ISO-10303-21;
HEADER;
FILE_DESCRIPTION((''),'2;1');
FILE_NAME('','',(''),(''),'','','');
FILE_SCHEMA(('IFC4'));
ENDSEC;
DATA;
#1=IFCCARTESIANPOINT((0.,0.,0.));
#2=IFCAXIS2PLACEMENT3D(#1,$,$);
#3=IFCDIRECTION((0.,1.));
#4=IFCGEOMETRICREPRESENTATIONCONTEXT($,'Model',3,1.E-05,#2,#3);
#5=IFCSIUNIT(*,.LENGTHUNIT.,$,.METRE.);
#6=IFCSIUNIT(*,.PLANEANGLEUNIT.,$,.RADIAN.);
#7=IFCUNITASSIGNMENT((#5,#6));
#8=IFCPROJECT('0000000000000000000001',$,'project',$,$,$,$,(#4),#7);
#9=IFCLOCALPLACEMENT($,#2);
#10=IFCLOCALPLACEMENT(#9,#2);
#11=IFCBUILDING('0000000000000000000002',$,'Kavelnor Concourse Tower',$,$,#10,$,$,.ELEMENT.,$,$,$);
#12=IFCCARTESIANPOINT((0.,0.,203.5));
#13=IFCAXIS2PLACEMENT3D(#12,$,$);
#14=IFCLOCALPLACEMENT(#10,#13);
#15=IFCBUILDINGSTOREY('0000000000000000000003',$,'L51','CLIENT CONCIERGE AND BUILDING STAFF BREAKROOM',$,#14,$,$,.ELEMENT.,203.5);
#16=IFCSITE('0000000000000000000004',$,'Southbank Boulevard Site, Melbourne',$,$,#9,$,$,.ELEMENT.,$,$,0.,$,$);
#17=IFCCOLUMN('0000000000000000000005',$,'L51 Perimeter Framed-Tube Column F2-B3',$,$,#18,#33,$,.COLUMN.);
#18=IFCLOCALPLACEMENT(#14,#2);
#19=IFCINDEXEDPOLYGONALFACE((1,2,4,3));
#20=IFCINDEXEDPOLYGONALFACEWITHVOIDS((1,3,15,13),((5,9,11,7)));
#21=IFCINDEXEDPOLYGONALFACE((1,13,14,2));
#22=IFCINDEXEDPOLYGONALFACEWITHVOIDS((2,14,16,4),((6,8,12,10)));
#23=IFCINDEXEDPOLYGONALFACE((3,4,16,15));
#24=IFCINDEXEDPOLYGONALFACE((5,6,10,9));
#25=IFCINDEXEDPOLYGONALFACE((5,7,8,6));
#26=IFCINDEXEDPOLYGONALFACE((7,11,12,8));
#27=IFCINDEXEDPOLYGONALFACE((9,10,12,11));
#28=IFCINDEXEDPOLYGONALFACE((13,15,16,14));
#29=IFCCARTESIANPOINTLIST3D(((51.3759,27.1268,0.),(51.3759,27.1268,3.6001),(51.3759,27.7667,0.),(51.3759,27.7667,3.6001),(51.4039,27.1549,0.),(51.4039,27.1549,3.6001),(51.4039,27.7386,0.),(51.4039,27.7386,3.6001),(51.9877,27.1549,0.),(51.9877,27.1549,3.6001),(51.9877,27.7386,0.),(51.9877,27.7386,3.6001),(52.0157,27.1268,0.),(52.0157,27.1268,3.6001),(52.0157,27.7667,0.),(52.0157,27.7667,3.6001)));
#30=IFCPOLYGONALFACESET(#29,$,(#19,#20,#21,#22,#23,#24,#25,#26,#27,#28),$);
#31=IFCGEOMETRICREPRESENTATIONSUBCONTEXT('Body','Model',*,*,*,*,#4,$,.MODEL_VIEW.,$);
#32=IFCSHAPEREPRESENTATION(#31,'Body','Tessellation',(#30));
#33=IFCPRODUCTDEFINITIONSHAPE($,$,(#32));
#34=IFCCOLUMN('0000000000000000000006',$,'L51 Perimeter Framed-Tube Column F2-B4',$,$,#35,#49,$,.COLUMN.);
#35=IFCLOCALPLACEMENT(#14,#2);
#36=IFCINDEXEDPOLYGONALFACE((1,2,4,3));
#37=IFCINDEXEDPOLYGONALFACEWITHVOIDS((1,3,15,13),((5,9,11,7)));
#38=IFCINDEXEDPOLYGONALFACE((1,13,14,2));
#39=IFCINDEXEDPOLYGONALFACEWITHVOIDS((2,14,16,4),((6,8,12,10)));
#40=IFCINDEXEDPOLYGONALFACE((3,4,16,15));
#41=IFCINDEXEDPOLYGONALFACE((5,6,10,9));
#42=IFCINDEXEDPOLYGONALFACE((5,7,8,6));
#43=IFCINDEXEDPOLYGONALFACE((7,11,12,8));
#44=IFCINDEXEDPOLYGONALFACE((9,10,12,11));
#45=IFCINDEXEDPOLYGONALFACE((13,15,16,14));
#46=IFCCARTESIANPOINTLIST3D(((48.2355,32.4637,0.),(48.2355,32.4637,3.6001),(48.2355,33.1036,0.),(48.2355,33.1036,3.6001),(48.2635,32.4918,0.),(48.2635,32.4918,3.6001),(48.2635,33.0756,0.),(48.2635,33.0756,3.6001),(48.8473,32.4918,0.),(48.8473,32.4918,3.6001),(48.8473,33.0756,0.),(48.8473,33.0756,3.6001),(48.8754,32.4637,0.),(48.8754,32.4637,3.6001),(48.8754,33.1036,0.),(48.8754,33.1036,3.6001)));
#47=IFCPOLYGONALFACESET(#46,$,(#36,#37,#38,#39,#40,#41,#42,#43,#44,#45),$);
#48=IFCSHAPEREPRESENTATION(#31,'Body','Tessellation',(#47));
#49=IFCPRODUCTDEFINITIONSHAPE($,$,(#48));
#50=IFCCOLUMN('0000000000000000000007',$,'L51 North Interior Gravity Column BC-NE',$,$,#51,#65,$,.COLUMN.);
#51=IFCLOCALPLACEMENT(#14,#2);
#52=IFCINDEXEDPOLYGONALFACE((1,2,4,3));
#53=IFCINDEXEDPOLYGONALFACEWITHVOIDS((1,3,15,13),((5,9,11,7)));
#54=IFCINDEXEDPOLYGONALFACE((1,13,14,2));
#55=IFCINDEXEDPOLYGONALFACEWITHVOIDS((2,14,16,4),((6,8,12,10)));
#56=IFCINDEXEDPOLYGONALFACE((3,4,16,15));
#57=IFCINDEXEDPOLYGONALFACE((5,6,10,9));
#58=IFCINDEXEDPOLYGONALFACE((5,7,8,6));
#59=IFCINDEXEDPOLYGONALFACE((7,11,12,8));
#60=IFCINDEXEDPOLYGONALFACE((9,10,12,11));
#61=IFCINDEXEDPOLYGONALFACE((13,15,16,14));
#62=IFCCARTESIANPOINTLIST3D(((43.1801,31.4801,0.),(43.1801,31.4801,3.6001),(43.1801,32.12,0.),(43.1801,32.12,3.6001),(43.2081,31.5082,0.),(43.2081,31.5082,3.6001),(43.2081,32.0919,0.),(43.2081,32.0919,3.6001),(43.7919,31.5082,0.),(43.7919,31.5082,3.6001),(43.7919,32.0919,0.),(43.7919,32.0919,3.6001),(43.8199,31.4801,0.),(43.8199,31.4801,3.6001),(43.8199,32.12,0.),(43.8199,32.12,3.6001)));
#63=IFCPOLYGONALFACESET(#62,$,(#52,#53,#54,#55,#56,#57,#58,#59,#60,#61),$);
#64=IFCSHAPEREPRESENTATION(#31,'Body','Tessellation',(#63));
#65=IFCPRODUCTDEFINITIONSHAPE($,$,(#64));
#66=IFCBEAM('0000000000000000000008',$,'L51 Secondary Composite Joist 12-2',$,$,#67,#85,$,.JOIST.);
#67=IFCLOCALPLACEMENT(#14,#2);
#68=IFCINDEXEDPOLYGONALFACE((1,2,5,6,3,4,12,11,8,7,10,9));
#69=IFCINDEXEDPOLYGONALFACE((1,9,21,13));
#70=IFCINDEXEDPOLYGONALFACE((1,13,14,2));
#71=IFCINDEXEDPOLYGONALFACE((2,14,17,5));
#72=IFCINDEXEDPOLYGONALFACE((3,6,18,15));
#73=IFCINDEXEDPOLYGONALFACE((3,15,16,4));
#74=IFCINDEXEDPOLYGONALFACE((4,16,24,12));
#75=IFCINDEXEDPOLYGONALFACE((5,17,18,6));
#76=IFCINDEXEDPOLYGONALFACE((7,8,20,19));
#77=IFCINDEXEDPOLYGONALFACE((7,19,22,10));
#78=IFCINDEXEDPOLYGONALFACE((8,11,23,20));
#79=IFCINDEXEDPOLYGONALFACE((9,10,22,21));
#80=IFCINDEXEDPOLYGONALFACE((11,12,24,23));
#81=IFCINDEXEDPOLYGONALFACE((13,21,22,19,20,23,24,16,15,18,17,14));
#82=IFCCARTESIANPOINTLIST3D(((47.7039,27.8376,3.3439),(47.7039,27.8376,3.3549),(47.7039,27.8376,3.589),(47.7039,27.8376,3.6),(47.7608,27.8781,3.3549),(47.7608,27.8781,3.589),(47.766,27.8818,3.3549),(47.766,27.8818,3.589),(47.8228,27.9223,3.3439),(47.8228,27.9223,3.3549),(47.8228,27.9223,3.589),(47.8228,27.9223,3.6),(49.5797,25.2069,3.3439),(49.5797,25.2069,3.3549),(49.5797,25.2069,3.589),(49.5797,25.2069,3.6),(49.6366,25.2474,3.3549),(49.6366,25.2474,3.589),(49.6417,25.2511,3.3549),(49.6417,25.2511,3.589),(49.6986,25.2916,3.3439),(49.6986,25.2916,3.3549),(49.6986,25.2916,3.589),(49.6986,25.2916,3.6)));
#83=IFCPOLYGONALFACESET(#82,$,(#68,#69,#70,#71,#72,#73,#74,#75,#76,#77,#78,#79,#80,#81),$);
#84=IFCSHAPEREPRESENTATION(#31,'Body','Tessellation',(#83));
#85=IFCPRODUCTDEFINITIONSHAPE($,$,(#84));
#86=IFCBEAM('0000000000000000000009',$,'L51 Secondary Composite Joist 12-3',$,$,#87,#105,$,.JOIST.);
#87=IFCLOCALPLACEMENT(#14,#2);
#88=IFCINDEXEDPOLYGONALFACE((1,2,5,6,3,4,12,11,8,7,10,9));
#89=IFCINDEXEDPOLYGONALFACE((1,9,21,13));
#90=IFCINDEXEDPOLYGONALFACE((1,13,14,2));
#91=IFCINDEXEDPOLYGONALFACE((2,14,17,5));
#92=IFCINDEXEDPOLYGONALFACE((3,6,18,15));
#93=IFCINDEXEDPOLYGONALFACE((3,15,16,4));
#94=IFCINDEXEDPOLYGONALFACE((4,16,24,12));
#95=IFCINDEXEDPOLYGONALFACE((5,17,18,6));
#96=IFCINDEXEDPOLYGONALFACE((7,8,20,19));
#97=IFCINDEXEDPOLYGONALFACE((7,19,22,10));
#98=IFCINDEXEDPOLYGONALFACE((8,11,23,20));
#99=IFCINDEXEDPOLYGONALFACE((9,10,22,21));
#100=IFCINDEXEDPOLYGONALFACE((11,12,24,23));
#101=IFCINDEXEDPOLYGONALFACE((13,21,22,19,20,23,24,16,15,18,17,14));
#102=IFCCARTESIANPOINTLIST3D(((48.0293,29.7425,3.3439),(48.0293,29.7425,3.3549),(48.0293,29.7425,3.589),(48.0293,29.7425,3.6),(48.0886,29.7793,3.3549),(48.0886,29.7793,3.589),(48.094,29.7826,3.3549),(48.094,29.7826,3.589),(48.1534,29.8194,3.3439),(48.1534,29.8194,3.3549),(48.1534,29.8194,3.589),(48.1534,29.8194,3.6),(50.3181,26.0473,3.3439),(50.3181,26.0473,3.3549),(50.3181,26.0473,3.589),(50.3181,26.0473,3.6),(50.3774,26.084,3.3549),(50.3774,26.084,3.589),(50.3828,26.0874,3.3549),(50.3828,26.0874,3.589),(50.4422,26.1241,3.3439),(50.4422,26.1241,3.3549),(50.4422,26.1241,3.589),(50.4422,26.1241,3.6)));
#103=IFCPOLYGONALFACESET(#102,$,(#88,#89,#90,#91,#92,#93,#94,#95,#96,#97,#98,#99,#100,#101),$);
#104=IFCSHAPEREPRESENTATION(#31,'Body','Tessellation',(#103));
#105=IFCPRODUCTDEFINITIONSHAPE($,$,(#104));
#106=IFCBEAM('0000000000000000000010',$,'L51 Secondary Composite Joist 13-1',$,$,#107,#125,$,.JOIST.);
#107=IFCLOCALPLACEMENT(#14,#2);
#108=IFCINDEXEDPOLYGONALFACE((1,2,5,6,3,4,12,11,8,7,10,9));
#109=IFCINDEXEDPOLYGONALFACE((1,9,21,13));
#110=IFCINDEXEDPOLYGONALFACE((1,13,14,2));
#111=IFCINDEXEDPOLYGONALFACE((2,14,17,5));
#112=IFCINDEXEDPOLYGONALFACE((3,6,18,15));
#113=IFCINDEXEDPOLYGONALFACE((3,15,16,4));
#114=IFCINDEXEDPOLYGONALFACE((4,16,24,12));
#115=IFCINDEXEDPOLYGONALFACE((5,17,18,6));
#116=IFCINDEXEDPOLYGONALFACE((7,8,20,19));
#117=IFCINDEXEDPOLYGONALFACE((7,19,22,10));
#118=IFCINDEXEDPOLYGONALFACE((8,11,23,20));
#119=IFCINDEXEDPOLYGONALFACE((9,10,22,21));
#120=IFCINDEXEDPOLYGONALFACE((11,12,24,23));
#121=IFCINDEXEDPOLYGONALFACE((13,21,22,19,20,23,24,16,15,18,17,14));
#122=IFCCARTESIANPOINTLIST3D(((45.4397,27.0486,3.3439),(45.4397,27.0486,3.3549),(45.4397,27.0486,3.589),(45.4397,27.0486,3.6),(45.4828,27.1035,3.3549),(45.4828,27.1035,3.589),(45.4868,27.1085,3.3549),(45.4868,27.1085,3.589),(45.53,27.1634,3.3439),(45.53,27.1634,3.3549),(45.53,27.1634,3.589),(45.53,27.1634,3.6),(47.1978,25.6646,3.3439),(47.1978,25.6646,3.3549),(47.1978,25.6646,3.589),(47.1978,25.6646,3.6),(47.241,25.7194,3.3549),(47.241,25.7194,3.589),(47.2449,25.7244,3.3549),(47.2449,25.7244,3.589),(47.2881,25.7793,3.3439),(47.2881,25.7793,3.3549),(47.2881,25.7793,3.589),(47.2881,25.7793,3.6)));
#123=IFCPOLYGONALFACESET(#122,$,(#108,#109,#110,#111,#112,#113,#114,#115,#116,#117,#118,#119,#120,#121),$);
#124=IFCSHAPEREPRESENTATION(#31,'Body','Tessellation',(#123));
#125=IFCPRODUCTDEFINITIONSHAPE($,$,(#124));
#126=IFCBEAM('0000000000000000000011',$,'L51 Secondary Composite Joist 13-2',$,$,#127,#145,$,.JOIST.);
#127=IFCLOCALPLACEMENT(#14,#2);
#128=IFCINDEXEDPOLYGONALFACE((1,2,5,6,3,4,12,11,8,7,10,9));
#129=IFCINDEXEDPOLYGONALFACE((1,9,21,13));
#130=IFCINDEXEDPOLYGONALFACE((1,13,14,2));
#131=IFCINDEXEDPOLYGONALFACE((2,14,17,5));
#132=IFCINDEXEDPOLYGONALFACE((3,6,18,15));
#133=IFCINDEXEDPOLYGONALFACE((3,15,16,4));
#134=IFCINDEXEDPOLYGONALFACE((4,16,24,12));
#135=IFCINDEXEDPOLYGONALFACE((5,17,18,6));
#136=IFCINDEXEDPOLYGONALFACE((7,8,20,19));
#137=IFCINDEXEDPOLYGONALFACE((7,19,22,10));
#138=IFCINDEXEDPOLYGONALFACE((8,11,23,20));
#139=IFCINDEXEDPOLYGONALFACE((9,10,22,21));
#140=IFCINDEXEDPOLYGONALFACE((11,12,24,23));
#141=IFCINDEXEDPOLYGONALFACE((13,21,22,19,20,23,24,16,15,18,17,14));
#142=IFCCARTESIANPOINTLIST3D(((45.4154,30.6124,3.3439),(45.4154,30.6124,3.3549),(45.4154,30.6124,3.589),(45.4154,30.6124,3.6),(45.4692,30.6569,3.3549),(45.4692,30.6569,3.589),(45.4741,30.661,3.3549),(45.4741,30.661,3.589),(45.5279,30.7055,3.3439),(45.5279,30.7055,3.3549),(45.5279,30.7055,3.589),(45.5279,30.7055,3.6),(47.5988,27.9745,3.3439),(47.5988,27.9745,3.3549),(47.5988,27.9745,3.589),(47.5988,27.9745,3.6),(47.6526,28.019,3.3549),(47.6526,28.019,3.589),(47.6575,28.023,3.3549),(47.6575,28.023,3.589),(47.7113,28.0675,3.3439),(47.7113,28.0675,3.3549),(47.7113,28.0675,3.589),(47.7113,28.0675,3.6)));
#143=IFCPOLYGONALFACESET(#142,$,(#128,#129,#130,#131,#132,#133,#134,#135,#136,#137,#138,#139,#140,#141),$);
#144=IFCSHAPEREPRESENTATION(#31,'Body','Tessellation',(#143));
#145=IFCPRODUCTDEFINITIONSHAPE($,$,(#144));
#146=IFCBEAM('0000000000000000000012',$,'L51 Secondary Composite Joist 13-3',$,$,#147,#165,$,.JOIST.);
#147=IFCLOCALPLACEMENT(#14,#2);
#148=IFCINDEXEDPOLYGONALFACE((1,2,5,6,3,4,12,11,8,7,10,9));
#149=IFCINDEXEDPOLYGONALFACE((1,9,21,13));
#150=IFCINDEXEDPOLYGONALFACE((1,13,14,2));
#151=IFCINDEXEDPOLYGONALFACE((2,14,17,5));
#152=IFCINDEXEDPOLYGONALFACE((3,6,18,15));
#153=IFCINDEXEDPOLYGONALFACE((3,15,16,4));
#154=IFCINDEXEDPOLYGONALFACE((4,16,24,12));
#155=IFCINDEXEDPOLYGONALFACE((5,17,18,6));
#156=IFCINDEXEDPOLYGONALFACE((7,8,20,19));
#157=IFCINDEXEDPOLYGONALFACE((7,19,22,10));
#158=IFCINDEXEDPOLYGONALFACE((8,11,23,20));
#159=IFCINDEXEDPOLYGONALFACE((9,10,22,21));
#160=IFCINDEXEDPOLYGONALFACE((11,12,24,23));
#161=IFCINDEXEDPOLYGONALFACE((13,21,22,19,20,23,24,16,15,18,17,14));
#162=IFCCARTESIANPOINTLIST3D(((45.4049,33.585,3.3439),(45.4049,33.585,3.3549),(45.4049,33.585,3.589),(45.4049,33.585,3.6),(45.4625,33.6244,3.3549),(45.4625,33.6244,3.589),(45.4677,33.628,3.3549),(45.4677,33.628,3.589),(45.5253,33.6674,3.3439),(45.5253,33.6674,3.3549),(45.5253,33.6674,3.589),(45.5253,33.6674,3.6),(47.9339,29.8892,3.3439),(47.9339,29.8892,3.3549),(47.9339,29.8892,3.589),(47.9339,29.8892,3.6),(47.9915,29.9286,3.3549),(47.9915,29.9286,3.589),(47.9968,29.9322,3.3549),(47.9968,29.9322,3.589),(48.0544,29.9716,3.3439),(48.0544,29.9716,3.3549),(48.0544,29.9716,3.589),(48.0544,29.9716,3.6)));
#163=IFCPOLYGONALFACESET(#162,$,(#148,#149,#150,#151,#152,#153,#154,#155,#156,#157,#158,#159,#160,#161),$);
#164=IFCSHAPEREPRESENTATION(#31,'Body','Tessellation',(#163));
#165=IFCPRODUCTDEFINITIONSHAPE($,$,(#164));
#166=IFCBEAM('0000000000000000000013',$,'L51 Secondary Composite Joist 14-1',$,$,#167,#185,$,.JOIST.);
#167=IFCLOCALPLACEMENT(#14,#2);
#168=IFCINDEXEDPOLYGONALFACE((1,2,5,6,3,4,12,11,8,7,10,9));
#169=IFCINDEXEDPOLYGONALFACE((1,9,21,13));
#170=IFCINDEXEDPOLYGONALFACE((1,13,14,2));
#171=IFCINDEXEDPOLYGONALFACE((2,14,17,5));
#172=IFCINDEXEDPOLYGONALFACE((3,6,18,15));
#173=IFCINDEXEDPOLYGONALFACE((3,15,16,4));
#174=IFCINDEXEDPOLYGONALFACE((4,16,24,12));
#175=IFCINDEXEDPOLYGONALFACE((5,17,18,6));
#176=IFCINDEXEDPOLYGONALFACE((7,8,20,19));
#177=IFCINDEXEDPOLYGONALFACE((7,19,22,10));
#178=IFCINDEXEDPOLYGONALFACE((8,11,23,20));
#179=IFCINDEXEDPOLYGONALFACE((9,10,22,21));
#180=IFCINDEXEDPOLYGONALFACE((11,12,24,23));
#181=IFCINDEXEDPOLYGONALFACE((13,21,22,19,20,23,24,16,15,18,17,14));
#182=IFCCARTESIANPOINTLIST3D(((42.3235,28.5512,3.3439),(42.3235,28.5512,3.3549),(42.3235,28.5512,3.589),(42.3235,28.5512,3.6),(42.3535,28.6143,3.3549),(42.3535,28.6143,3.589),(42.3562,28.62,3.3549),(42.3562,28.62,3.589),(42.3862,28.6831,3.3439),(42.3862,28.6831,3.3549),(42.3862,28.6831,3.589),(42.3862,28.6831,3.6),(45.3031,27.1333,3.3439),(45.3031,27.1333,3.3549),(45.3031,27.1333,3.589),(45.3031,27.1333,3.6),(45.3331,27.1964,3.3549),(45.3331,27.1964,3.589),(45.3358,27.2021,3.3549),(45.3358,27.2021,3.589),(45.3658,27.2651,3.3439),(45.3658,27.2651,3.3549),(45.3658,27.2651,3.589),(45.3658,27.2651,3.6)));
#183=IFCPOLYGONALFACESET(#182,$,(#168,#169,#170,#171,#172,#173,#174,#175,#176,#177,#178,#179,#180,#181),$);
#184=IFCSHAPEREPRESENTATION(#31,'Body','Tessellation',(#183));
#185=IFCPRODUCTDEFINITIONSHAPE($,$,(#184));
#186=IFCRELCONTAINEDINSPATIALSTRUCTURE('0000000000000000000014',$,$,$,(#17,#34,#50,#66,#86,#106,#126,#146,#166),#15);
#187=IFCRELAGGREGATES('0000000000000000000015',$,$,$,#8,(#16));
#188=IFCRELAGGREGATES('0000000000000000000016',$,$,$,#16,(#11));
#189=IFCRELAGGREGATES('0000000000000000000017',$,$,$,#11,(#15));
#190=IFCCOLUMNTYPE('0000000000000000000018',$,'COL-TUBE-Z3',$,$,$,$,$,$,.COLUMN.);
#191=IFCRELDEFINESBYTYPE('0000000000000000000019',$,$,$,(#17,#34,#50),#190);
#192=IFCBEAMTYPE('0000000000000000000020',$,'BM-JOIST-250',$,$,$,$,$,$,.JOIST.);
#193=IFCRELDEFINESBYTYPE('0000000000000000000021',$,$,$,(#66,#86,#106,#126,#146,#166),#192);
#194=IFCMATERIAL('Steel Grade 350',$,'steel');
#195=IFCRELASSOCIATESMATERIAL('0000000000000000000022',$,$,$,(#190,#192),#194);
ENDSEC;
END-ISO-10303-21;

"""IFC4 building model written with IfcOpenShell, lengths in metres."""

from ifc_helpers import new_model, si_unit, direction, frame, origin, origin_2d, place, context, subcontext, project, spatial, hollow_rectangle, i_section, extrude, material, material_profile, profile_set, type_object, element, save


model = new_model("IFC4")

# Units and contexts
model_context = context("Model", 3, precision=1e-05, world=origin(), true_north=direction((0.0, 1.0)))
body_context = subcontext(model_context, "Body", "Model", "MODEL_VIEW")
ifc_project = project(units=[si_unit("LENGTHUNIT", "METRE"), si_unit("PLANEANGLEUNIT", "RADIAN")], contexts=[model_context])

# Site, building, storey
site_placement = place(None, origin())
site = spatial("IfcSite", under=ifc_project, at=site_placement, Name="Southbank Boulevard Site, Melbourne", CompositionType="ELEMENT", RefElevation=0.0)
building_placement = place(site_placement, origin())
building = spatial("IfcBuilding", under=site, at=building_placement, Name="Kavelnor Concourse Tower", CompositionType="ELEMENT")
storey_placement = place(building_placement, frame((0.0, 0.0, 203.5)))
storey = spatial("IfcBuildingStorey", under=building, at=storey_placement, Name="L51", Description="CLIENT CONCIERGE AND BUILDING STAFF BREAKROOM", CompositionType="ELEMENT", Elevation=203.5)

# Columns
ifc_material_1 = material(Name="Steel Grade 350", Category="steel")
ifc_material_profile_1 = material_profile(ifc_material_1, hollow_rectangle(XDim=0.6399, YDim=0.6399, WallThickness=0.0281, at=origin_2d()), Name="SHS 640x640x28")
ifc_profile_set_1 = profile_set([ifc_material_profile_1], Name="Steel Grade 350")
column_type = type_object("IfcColumnType", Name="COL-TUBE-Z3", PredefinedType="COLUMN", material=ifc_profile_set_1)
for number, where, z_axis, x_axis, name in (
    (1, (51.6958, 27.4468, 0.0), (0.0, 0.0, 1.0), (1.0, 0.0, 0.0), "L51 Perimeter Framed-Tube Column F2-B3"),
    (2, (48.5554, 32.7837, 0.0), (0.0, 0.0, 1.0), (1.0, 0.0, 0.0), "L51 Perimeter Framed-Tube Column F2-B4"),
    (3, (43.5, 31.8, 0.0), (0.0, 0.0, 1.0), (1.0, 0.0, 0.0), "L51 North Interior Gravity Column BC-NE"),
):
    element("IfcColumn", number, at=place(storey_placement, frame(where, z_axis=z_axis, x_axis=x_axis)), inside=storey, type_object=column_type, Name=name, PredefinedType="COLUMN", context=body_context, shape_type="SweptSolid", body=[
        extrude(hollow_rectangle(XDim=0.6399, YDim=0.6399, WallThickness=0.0281, at=origin_2d()), origin(), (0.0, 0.0, 1.0), 3.6001),
    ])

# Beams
ifc_material_profile_2 = material_profile(ifc_material_1, i_section(OverallWidth=0.146, OverallDepth=0.2561, WebThickness=0.0063, FlangeThickness=0.011, at=origin_2d()), Name="250UB37")
ifc_profile_set_2 = profile_set([ifc_material_profile_2], Name="Steel Grade 350")
beam_type_1 = type_object("IfcBeamType", Name="BM-JOIST-250", PredefinedType="JOIST", material=ifc_profile_set_2)
beam_1_placement = place(storey_placement, frame((49.6392, 25.2493, 3.4719), z_axis=(-0.580566, 0.814213, 0.0), x_axis=(-0.814213, -0.580566, 0.0)))
element("IfcBeam", 4, at=beam_1_placement, inside=storey, type_object=beam_type_1, Name="L51 Secondary Composite Joist 12-2", PredefinedType="JOIST", context=body_context, shape_type="SweptSolid", body=[
    extrude(i_section(OverallWidth=0.146, OverallDepth=0.2561, WebThickness=0.0063, FlangeThickness=0.011, at=origin_2d()), origin(), (0.0, 0.0, 1.0), 3.231),
])
beam_2_placement = place(storey_placement, frame((50.3801, 26.0857, 3.4719), z_axis=(-0.526561, 0.850137, 0.0), x_axis=(-0.850137, -0.526561, 0.0)))
element("IfcBeam", 5, at=beam_2_placement, inside=storey, type_object=beam_type_1, Name="L51 Secondary Composite Joist 12-3", PredefinedType="JOIST", context=body_context, shape_type="SweptSolid", body=[
    extrude(i_section(OverallWidth=0.146, OverallDepth=0.2561, WebThickness=0.0063, FlangeThickness=0.011, at=origin_2d()), origin(), (0.0, 0.0, 1.0), 4.3467),
])
beam_3_placement = place(storey_placement, frame((47.2429, 25.7219, 3.4719), z_axis=(-0.785731, 0.618568, 0.0), x_axis=(-0.618568, -0.785731, 0.0)))
element("IfcBeam", 6, at=beam_3_placement, inside=storey, type_object=beam_type_1, Name="L51 Secondary Composite Joist 13-1", PredefinedType="JOIST", context=body_context, shape_type="SweptSolid", body=[
    extrude(i_section(OverallWidth=0.146, OverallDepth=0.2561, WebThickness=0.0063, FlangeThickness=0.011, at=origin_2d()), origin(), (0.0, 0.0, 1.0), 2.2375),
])
beam_4_placement = place(storey_placement, frame((47.655, 28.021, 3.4719), z_axis=(-0.637607, 0.770362, 0.0), x_axis=(-0.770362, -0.637607, 0.0)))
element("IfcBeam", 7, at=beam_4_placement, inside=storey, type_object=beam_type_1, Name="L51 Secondary Composite Joist 13-2", PredefinedType="JOIST", context=body_context, shape_type="SweptSolid", body=[
    extrude(i_section(OverallWidth=0.146, OverallDepth=0.2561, WebThickness=0.0063, FlangeThickness=0.011, at=origin_2d()), origin(), (0.0, 0.0, 1.0), 3.4243),
])
beam_5_placement = place(storey_placement, frame((47.9941, 29.9304, 3.4719), z_axis=(-0.564737, 0.825271, 0.0), x_axis=(-0.825271, -0.564737, 0.0)))
element("IfcBeam", 8, at=beam_5_placement, inside=storey, type_object=beam_type_1, Name="L51 Secondary Composite Joist 13-3", PredefinedType="JOIST", context=body_context, shape_type="SweptSolid", body=[
    extrude(i_section(OverallWidth=0.146, OverallDepth=0.2561, WebThickness=0.0063, FlangeThickness=0.011, at=origin_2d()), origin(), (0.0, 0.0, 1.0), 4.4783),
])
beam_6_placement = place(storey_placement, frame((45.3345, 27.1992, 3.4719), z_axis=(-0.902973, 0.429698, 0.0), x_axis=(-0.429698, -0.902973, 0.0)))
element("IfcBeam", 9, at=beam_6_placement, inside=storey, type_object=beam_type_1, Name="L51 Secondary Composite Joist 14-1", PredefinedType="JOIST", context=body_context, shape_type="SweptSolid", body=[
    extrude(i_section(OverallWidth=0.146, OverallDepth=0.2561, WebThickness=0.0063, FlangeThickness=0.011, at=origin_2d()), origin(), (0.0, 0.0, 1.0), 3.2998),
])

save(model, "model.ifc")
